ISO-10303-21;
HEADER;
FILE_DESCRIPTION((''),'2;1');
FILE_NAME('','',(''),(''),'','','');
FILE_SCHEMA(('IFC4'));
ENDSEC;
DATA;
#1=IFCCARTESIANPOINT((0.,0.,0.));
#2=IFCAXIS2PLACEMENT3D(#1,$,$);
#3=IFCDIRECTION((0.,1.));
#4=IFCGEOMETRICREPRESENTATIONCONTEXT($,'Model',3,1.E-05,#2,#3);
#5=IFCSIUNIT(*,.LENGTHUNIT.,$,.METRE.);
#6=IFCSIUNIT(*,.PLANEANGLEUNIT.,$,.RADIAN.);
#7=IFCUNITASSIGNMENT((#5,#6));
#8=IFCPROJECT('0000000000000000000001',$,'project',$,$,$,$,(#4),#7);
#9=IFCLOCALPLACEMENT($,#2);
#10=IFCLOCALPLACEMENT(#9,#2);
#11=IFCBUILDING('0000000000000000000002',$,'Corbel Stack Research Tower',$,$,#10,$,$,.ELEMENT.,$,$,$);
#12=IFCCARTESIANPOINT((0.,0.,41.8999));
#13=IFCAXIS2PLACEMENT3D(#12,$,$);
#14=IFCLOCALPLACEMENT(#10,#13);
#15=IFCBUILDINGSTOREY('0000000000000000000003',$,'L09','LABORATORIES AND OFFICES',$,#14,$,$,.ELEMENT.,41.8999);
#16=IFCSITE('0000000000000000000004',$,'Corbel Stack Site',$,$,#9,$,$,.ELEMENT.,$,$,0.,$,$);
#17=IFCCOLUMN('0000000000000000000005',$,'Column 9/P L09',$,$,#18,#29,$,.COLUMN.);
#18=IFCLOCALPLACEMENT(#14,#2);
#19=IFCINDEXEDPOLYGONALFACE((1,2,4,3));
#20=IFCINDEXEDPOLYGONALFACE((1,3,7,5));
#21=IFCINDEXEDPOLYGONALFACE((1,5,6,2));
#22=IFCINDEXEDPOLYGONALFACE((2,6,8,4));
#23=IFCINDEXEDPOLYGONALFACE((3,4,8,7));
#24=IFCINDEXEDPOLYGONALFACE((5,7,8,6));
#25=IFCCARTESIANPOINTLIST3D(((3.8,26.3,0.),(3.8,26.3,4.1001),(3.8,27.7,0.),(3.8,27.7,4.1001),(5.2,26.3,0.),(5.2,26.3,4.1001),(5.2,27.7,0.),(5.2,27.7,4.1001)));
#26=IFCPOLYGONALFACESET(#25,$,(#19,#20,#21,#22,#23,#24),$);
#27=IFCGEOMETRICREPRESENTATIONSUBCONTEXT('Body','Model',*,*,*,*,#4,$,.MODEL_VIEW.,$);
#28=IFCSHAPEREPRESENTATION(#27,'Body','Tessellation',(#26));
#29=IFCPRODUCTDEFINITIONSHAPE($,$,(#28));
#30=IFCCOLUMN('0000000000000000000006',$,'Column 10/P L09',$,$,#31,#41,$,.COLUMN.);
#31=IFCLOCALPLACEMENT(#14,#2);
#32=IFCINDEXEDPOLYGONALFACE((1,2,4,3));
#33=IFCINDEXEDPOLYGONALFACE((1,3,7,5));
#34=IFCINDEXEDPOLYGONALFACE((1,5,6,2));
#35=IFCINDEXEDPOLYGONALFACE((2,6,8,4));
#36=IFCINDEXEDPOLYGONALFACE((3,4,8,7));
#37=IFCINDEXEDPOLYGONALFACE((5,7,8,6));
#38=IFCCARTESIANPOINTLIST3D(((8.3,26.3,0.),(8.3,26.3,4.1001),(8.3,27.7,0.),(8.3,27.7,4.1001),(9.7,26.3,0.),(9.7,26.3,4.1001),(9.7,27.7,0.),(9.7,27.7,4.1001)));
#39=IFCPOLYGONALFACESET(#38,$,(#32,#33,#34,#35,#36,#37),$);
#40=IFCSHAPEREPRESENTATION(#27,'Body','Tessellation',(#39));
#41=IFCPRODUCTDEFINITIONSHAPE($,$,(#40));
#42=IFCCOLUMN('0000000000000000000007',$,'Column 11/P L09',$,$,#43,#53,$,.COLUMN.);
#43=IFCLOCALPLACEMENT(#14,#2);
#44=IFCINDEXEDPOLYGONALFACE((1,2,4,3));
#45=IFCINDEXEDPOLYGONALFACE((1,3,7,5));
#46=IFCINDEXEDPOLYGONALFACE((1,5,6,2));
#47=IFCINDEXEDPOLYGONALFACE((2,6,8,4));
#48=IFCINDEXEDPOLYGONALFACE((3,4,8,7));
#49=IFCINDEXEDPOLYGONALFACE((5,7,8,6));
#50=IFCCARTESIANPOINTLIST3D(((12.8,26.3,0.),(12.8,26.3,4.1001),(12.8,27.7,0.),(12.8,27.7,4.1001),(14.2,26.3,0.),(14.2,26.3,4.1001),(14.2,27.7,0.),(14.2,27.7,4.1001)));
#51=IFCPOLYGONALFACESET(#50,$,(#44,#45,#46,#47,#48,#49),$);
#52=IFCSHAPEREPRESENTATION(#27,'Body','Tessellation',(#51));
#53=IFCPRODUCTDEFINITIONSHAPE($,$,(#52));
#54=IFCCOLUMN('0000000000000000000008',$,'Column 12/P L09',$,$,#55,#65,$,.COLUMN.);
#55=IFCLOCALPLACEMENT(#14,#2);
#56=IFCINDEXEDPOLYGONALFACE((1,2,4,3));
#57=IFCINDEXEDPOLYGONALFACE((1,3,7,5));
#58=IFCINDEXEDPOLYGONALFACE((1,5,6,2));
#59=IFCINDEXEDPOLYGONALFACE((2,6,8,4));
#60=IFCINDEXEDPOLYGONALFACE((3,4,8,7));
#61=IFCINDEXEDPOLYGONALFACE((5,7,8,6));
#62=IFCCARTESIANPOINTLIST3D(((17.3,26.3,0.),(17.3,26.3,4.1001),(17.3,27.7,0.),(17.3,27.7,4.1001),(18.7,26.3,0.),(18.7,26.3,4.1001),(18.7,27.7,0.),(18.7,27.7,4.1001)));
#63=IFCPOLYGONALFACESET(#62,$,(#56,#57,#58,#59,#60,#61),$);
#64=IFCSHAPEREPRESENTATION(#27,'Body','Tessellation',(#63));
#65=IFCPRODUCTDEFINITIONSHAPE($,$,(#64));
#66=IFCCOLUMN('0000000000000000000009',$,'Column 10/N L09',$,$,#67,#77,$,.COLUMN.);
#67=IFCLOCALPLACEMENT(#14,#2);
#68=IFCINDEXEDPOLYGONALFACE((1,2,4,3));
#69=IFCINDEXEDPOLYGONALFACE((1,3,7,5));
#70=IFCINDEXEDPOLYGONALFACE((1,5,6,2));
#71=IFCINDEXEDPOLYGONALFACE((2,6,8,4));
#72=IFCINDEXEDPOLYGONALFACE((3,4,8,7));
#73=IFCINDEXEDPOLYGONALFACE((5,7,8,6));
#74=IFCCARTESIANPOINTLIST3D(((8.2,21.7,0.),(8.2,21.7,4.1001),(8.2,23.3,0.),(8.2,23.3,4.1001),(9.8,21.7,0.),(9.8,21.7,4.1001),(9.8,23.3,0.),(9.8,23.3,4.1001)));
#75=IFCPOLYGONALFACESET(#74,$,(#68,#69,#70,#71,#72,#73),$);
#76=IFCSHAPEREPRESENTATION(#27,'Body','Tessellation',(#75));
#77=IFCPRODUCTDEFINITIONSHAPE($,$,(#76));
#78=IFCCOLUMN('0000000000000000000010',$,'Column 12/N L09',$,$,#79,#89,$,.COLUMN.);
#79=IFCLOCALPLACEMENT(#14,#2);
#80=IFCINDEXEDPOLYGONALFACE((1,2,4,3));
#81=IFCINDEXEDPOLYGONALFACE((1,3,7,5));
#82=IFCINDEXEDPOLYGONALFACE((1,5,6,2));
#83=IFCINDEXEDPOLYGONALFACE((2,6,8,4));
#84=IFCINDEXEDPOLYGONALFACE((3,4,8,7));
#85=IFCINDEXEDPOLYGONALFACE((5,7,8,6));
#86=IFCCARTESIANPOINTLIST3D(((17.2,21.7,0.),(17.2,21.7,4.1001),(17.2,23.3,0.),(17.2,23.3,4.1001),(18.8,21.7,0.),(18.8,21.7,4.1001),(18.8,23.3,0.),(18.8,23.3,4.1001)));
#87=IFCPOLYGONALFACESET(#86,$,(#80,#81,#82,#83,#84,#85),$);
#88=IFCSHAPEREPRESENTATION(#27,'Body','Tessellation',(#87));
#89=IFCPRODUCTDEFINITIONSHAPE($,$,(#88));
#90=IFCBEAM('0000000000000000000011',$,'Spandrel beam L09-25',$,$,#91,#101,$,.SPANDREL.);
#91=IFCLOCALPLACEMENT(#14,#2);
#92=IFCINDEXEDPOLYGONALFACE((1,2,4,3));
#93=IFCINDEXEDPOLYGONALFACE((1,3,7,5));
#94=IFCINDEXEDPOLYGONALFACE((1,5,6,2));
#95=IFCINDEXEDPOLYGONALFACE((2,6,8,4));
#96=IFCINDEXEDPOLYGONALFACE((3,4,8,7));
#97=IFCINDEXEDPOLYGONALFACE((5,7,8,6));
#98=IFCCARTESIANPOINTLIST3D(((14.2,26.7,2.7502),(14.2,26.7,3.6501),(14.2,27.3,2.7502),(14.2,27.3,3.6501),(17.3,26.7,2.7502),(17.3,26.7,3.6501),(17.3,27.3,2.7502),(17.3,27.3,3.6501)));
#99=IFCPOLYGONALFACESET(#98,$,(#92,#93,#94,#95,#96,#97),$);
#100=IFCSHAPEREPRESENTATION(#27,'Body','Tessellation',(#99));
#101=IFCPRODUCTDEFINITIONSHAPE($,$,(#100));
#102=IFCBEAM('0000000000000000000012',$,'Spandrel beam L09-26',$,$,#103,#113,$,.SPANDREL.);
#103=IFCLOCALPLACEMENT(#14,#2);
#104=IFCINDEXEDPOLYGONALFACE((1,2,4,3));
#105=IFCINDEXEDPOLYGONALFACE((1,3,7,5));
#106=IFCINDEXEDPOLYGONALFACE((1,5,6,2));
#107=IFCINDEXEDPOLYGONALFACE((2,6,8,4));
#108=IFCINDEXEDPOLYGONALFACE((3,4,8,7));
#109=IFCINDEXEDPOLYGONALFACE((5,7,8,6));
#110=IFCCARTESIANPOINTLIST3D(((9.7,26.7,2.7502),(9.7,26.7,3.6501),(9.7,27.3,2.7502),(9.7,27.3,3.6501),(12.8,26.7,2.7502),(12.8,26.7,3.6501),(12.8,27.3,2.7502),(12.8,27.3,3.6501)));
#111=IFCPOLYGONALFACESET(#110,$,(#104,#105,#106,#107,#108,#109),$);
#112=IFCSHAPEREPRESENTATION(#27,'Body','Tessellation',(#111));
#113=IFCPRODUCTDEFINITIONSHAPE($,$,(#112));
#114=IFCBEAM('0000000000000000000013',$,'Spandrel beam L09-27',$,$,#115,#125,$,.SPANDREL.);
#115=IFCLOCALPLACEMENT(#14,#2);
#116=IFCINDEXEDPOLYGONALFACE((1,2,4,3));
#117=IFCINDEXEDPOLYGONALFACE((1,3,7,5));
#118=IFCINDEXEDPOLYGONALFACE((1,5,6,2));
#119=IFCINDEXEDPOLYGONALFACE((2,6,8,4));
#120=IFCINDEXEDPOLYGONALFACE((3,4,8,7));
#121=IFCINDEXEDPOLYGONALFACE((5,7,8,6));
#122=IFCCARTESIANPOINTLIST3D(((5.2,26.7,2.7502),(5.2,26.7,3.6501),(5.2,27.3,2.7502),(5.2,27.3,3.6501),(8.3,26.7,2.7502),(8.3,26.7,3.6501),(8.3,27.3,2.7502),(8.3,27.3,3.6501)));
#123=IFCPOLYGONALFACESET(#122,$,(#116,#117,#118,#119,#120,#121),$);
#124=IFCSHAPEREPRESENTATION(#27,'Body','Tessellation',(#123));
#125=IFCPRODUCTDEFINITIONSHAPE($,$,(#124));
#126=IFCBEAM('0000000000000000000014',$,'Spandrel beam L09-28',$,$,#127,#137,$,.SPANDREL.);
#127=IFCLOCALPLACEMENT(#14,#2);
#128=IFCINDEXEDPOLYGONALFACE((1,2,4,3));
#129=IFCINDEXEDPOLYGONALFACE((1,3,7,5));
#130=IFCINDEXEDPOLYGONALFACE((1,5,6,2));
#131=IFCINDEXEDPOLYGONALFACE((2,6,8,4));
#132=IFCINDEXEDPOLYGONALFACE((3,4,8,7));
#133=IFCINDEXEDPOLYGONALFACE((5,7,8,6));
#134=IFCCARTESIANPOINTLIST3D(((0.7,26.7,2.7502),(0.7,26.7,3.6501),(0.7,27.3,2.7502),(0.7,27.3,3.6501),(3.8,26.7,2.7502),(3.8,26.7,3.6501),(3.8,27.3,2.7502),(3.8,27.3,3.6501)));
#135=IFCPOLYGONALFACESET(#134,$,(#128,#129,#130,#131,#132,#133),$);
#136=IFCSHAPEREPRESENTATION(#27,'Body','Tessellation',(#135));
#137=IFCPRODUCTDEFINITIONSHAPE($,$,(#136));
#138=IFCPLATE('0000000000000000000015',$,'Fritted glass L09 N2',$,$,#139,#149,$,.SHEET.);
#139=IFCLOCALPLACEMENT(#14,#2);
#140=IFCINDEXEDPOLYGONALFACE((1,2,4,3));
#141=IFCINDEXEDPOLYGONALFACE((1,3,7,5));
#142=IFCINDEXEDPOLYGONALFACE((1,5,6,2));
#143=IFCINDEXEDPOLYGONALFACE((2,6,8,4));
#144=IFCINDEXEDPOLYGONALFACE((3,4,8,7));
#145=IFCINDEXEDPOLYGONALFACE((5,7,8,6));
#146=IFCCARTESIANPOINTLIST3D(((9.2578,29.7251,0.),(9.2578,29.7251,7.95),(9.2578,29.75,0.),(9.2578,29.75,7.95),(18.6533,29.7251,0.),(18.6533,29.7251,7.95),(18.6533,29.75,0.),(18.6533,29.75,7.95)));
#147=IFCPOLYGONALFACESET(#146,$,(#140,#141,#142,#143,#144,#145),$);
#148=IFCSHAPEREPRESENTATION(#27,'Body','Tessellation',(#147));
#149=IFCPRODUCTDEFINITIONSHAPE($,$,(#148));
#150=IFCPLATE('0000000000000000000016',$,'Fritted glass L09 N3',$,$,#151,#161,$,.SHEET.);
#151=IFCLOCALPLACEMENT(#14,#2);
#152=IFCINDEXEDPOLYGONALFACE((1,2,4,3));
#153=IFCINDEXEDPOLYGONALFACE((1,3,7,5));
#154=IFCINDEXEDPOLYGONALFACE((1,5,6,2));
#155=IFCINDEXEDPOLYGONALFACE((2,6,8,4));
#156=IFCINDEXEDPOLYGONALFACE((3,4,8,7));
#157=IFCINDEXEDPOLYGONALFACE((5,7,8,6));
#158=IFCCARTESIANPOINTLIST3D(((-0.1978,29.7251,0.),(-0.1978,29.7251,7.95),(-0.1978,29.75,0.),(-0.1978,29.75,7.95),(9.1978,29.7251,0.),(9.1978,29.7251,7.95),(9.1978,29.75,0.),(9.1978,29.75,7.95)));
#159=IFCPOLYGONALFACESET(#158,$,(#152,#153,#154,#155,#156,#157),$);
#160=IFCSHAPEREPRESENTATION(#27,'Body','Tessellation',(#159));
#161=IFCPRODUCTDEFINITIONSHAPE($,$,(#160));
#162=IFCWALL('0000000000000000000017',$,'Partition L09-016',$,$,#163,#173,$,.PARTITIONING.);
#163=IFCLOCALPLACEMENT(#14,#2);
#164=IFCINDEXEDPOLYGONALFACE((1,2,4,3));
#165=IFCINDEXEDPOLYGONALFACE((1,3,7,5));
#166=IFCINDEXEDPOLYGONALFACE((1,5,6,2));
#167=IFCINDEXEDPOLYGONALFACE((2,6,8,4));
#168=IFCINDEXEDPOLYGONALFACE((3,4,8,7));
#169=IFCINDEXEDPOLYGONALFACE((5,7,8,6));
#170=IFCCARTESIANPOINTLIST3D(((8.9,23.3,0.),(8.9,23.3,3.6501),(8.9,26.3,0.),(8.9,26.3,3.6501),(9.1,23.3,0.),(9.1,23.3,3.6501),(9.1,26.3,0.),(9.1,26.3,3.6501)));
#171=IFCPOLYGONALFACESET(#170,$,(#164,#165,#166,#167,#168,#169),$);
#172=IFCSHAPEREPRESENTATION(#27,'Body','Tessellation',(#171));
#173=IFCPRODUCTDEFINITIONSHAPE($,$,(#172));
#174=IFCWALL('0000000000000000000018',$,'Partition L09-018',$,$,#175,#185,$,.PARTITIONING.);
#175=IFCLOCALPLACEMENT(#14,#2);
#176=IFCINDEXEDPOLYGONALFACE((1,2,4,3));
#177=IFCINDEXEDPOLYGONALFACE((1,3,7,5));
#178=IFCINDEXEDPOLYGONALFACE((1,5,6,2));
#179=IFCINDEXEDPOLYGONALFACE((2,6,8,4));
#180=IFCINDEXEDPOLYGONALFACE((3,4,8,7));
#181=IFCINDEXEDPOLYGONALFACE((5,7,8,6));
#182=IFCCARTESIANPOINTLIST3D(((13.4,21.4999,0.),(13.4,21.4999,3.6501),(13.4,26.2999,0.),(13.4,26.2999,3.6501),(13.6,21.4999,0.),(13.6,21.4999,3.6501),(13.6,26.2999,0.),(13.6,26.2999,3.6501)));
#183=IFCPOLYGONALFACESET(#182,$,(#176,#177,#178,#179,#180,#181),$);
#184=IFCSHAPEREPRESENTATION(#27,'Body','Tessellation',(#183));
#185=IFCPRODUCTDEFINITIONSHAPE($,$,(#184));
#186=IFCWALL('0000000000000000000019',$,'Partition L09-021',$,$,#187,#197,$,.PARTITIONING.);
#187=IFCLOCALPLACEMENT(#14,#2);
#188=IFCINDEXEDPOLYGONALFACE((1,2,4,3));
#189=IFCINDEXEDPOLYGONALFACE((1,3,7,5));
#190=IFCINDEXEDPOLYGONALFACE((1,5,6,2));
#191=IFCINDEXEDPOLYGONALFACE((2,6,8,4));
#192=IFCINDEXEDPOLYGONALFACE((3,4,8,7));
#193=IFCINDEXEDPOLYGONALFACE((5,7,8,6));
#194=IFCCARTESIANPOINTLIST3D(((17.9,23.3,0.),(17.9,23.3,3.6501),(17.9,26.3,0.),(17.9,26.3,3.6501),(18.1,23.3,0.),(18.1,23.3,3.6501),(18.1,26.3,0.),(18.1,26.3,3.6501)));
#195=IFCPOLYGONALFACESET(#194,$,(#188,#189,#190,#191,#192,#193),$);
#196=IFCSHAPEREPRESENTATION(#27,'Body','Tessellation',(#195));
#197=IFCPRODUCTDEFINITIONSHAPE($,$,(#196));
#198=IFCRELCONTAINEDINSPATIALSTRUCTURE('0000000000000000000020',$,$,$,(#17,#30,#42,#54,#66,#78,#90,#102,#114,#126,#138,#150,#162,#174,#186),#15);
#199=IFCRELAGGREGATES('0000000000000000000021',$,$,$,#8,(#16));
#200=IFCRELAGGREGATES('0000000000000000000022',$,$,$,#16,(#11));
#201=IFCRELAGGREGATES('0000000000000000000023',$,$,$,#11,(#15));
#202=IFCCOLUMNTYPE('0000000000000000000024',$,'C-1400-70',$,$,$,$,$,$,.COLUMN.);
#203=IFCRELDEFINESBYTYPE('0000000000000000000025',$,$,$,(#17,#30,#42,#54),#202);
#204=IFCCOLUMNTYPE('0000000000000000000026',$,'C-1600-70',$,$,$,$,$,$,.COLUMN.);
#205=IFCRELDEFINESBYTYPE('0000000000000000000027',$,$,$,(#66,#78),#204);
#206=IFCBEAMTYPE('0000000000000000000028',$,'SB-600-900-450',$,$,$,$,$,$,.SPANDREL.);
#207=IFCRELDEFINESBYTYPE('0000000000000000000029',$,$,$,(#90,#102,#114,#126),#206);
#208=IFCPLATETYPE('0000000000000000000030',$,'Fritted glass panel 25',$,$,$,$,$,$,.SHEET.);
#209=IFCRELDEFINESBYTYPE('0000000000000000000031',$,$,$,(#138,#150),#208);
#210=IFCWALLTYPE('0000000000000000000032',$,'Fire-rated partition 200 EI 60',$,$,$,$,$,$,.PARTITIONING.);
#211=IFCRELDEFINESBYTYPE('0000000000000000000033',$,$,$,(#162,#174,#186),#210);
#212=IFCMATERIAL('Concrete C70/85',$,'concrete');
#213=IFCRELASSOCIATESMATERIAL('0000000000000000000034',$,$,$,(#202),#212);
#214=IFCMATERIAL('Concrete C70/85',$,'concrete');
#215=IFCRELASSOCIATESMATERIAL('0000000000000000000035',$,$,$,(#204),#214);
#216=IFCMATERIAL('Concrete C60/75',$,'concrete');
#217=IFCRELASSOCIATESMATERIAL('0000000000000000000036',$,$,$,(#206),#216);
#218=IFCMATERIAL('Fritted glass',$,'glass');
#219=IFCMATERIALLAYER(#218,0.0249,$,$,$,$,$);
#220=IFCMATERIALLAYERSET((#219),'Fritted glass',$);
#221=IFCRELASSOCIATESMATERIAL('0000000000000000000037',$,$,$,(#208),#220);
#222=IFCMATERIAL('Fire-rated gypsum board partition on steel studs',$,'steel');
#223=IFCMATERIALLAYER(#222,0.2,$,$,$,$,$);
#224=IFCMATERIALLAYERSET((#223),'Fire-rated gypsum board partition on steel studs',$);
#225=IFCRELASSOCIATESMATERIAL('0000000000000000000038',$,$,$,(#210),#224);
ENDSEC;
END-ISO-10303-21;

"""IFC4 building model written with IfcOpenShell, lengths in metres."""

from ifc_helpers import new_model, si_unit, direction, frame, frame_2d, origin, origin_2d, place, context, subcontext, project, spatial, rectangle, extrude, material, layer, layer_set, material_profile, profile_set, type_object, element, save


model = new_model("IFC4")

# Units and contexts
model_context = context("Model", 3, precision=1e-05, world=origin(), true_north=direction((0.0, 1.0)))
body_context = subcontext(model_context, "Body", "Model", "MODEL_VIEW")
ifc_project = project(units=[si_unit("LENGTHUNIT", "METRE"), si_unit("PLANEANGLEUNIT", "RADIAN")], contexts=[model_context])

# Site, building, storey
site_placement = place(None, origin())
site = spatial("IfcSite", under=ifc_project, at=site_placement, Name="Corbel Stack Site", CompositionType="ELEMENT", RefElevation=0.0)
building_placement = place(site_placement, origin())
building = spatial("IfcBuilding", under=site, at=building_placement, Name="Corbel Stack Research Tower", CompositionType="ELEMENT")
storey_placement = place(building_placement, frame((0.0, 0.0, 41.8999)))
storey = spatial("IfcBuildingStorey", under=building, at=storey_placement, Name="L09", Description="LABORATORIES AND OFFICES", CompositionType="ELEMENT", Elevation=41.8999)

# Columns
ifc_material_1 = material(Name="Concrete C70/85", Category="concrete")
ifc_material_profile_1 = material_profile(ifc_material_1, rectangle(XDim=1.3999, YDim=1.3999, at=origin_2d()), Name="RC 1400 x 1400")
ifc_profile_set_1 = profile_set([ifc_material_profile_1], Name="Concrete C70/85")
column_type_1 = type_object("IfcColumnType", Name="C-1400-70", PredefinedType="COLUMN", material=ifc_profile_set_1)
for number, where, z_axis, x_axis, name in (
    (1, (4.5, 27.0, 0.0), (0.0, 0.0, 1.0), (1.0, 0.0, 0.0), "Column 9/P L09"),
    (2, (9.0, 27.0, 0.0), (0.0, 0.0, 1.0), (1.0, 0.0, 0.0), "Column 10/P L09"),
    (3, (13.5, 27.0, 0.0), (0.0, 0.0, 1.0), (1.0, 0.0, 0.0), "Column 11/P L09"),
    (4, (18.0, 27.0, 0.0), (0.0, 0.0, 1.0), (1.0, 0.0, 0.0), "Column 12/P L09"),
):
    element("IfcColumn", number, at=place(storey_placement, frame(where, z_axis=z_axis, x_axis=x_axis)), inside=storey, type_object=column_type_1, Name=name, PredefinedType="COLUMN", context=body_context, shape_type="SweptSolid", body=[
        extrude(rectangle(XDim=1.3999, YDim=1.3999, at=origin_2d()), origin(), (0.0, 0.0, 1.0), 4.1001),
    ])
ifc_material_2 = material(Name="Concrete C70/85", Category="concrete")
ifc_material_profile_2 = material_profile(ifc_material_2, rectangle(XDim=1.6001, YDim=1.6001, at=origin_2d()), Name="RC 1600 x 1600")
ifc_profile_set_2 = profile_set([ifc_material_profile_2], Name="Concrete C70/85")
column_type_2 = type_object("IfcColumnType", Name="C-1600-70", PredefinedType="COLUMN", material=ifc_profile_set_2)
for number, where, z_axis, x_axis, name in (
    (5, (9.0, 22.5, 0.0), (0.0, 0.0, 1.0), (1.0, 0.0, 0.0), "Column 10/N L09"),
    (6, (18.0, 22.5, 0.0), (0.0, 0.0, 1.0), (1.0, 0.0, 0.0), "Column 12/N L09"),
):
    element("IfcColumn", number, at=place(storey_placement, frame(where, z_axis=z_axis, x_axis=x_axis)), inside=storey, type_object=column_type_2, Name=name, PredefinedType="COLUMN", context=body_context, shape_type="SweptSolid", body=[
        extrude(rectangle(XDim=1.6001, YDim=1.6001, at=origin_2d()), origin(), (0.0, 0.0, 1.0), 4.1001),
    ])

# Beams
ifc_material_3 = material(Name="Concrete C60/75", Category="concrete")
ifc_material_profile_3 = material_profile(ifc_material_3, rectangle(XDim=0.6001, YDim=0.8999, at=origin_2d()), Name="RC 600 x 900")
ifc_profile_set_3 = profile_set([ifc_material_profile_3], Name="Concrete C60/75")
beam_type = type_object("IfcBeamType", Name="SB-600-900-450", PredefinedType="SPANDREL", material=ifc_profile_set_3)
for number, where, z_axis, x_axis, name in (
    (7, (17.3, 27.0, 3.2002), (-1.0, 0.0, 0.0), (0.0, -1.0, 0.0), "Spandrel beam L09-25"),
    (8, (12.8, 27.0, 3.2002), (-1.0, 0.0, 0.0), (0.0, -1.0, 0.0), "Spandrel beam L09-26"),
    (9, (8.3, 27.0, 3.2002), (-1.0, 0.0, 0.0), (0.0, -1.0, 0.0), "Spandrel beam L09-27"),
    (10, (3.8, 27.0, 3.2002), (-1.0, 0.0, 0.0), (0.0, -1.0, 0.0), "Spandrel beam L09-28"),
):
    element("IfcBeam", number, at=place(storey_placement, frame(where, z_axis=z_axis, x_axis=x_axis)), inside=storey, type_object=beam_type, Name=name, PredefinedType="SPANDREL", context=body_context, shape_type="SweptSolid", body=[
        extrude(rectangle(XDim=0.6001, YDim=0.8999, at=origin_2d()), origin(), (0.0, 0.0, 1.0), 3.1001),
    ])

# Plates
ifc_material_4 = material(Name="Fritted glass", Category="glass")
ifc_layer_1 = layer(ifc_material_4, 0.0249)
ifc_layer_set_1 = layer_set([ifc_layer_1], Name="Fritted glass")
plate_type = type_object("IfcPlateType", Name="Fritted glass panel 25", PredefinedType="SHEET", material=ifc_layer_set_1)
for number, where, z_axis, x_axis, name in (
    (11, (13.9556, 29.7375, 0.0), (0.0, 0.0, 1.0), (-1.0, 0.0, 0.0), "Fritted glass L09 N2"),
    (12, (4.5, 29.7375, 0.0), (0.0, 0.0, 1.0), (-1.0, 0.0, 0.0), "Fritted glass L09 N3"),
):
    element("IfcPlate", number, at=place(storey_placement, frame(where, z_axis=z_axis, x_axis=x_axis)), inside=storey, type_object=plate_type, Name=name, PredefinedType="SHEET", context=body_context, shape_type="SweptSolid", body=[
        extrude(rectangle(XDim=9.3955, YDim=0.0249, at=origin_2d()), origin(), (0.0, 0.0, 1.0), 7.95),
    ])

# Walls
ifc_material_5 = material(Name="Fire-rated gypsum board partition on steel studs", Category="steel")
ifc_layer_2 = layer(ifc_material_5, 0.2)
ifc_layer_set_2 = layer_set([ifc_layer_2], Name="Fire-rated gypsum board partition on steel studs")
wall_type_1 = type_object("IfcWallType", Name="Fire-rated partition 200 EI 60", PredefinedType="PARTITIONING", material=ifc_layer_set_2)
wall_1_placement = place(storey_placement, frame((9.0, 23.3, 0.0), z_axis=(0.0, 0.0, 1.0), x_axis=(0.0, 1.0, 0.0)))
element("IfcWall", 13, at=wall_1_placement, inside=storey, type_object=wall_type_1, Name="Partition L09-016", PredefinedType="PARTITIONING", context=body_context, shape_type="SweptSolid", body=[
    extrude(rectangle(XDim=3.0, YDim=0.2, at=frame_2d((1.5, 0.0))), origin(), (0.0, 0.0, 1.0), 3.6501),
])
wall_2_placement = place(storey_placement, frame((13.5, 21.5, 0.0), z_axis=(0.0, 0.0, 1.0), x_axis=(0.0, 1.0, 0.0)))
element("IfcWall", 14, at=wall_2_placement, inside=storey, type_object=wall_type_1, Name="Partition L09-018", PredefinedType="PARTITIONING", context=body_context, shape_type="SweptSolid", body=[
    extrude(rectangle(XDim=4.8, YDim=0.2, at=frame_2d((2.3999, 0.0))), origin(), (0.0, 0.0, 1.0), 3.6501),
])
wall_3_placement = place(storey_placement, frame((18.0, 23.3, 0.0), z_axis=(0.0, 0.0, 1.0), x_axis=(0.0, 1.0, 0.0)))
element("IfcWall", 15, at=wall_3_placement, inside=storey, type_object=wall_type_1, Name="Partition L09-021", PredefinedType="PARTITIONING", context=body_context, shape_type="SweptSolid", body=[
    extrude(rectangle(XDim=3.0, YDim=0.2, at=frame_2d((1.5, 0.0))), origin(), (0.0, 0.0, 1.0), 3.6501),
])

save(model, "model.ifc")
